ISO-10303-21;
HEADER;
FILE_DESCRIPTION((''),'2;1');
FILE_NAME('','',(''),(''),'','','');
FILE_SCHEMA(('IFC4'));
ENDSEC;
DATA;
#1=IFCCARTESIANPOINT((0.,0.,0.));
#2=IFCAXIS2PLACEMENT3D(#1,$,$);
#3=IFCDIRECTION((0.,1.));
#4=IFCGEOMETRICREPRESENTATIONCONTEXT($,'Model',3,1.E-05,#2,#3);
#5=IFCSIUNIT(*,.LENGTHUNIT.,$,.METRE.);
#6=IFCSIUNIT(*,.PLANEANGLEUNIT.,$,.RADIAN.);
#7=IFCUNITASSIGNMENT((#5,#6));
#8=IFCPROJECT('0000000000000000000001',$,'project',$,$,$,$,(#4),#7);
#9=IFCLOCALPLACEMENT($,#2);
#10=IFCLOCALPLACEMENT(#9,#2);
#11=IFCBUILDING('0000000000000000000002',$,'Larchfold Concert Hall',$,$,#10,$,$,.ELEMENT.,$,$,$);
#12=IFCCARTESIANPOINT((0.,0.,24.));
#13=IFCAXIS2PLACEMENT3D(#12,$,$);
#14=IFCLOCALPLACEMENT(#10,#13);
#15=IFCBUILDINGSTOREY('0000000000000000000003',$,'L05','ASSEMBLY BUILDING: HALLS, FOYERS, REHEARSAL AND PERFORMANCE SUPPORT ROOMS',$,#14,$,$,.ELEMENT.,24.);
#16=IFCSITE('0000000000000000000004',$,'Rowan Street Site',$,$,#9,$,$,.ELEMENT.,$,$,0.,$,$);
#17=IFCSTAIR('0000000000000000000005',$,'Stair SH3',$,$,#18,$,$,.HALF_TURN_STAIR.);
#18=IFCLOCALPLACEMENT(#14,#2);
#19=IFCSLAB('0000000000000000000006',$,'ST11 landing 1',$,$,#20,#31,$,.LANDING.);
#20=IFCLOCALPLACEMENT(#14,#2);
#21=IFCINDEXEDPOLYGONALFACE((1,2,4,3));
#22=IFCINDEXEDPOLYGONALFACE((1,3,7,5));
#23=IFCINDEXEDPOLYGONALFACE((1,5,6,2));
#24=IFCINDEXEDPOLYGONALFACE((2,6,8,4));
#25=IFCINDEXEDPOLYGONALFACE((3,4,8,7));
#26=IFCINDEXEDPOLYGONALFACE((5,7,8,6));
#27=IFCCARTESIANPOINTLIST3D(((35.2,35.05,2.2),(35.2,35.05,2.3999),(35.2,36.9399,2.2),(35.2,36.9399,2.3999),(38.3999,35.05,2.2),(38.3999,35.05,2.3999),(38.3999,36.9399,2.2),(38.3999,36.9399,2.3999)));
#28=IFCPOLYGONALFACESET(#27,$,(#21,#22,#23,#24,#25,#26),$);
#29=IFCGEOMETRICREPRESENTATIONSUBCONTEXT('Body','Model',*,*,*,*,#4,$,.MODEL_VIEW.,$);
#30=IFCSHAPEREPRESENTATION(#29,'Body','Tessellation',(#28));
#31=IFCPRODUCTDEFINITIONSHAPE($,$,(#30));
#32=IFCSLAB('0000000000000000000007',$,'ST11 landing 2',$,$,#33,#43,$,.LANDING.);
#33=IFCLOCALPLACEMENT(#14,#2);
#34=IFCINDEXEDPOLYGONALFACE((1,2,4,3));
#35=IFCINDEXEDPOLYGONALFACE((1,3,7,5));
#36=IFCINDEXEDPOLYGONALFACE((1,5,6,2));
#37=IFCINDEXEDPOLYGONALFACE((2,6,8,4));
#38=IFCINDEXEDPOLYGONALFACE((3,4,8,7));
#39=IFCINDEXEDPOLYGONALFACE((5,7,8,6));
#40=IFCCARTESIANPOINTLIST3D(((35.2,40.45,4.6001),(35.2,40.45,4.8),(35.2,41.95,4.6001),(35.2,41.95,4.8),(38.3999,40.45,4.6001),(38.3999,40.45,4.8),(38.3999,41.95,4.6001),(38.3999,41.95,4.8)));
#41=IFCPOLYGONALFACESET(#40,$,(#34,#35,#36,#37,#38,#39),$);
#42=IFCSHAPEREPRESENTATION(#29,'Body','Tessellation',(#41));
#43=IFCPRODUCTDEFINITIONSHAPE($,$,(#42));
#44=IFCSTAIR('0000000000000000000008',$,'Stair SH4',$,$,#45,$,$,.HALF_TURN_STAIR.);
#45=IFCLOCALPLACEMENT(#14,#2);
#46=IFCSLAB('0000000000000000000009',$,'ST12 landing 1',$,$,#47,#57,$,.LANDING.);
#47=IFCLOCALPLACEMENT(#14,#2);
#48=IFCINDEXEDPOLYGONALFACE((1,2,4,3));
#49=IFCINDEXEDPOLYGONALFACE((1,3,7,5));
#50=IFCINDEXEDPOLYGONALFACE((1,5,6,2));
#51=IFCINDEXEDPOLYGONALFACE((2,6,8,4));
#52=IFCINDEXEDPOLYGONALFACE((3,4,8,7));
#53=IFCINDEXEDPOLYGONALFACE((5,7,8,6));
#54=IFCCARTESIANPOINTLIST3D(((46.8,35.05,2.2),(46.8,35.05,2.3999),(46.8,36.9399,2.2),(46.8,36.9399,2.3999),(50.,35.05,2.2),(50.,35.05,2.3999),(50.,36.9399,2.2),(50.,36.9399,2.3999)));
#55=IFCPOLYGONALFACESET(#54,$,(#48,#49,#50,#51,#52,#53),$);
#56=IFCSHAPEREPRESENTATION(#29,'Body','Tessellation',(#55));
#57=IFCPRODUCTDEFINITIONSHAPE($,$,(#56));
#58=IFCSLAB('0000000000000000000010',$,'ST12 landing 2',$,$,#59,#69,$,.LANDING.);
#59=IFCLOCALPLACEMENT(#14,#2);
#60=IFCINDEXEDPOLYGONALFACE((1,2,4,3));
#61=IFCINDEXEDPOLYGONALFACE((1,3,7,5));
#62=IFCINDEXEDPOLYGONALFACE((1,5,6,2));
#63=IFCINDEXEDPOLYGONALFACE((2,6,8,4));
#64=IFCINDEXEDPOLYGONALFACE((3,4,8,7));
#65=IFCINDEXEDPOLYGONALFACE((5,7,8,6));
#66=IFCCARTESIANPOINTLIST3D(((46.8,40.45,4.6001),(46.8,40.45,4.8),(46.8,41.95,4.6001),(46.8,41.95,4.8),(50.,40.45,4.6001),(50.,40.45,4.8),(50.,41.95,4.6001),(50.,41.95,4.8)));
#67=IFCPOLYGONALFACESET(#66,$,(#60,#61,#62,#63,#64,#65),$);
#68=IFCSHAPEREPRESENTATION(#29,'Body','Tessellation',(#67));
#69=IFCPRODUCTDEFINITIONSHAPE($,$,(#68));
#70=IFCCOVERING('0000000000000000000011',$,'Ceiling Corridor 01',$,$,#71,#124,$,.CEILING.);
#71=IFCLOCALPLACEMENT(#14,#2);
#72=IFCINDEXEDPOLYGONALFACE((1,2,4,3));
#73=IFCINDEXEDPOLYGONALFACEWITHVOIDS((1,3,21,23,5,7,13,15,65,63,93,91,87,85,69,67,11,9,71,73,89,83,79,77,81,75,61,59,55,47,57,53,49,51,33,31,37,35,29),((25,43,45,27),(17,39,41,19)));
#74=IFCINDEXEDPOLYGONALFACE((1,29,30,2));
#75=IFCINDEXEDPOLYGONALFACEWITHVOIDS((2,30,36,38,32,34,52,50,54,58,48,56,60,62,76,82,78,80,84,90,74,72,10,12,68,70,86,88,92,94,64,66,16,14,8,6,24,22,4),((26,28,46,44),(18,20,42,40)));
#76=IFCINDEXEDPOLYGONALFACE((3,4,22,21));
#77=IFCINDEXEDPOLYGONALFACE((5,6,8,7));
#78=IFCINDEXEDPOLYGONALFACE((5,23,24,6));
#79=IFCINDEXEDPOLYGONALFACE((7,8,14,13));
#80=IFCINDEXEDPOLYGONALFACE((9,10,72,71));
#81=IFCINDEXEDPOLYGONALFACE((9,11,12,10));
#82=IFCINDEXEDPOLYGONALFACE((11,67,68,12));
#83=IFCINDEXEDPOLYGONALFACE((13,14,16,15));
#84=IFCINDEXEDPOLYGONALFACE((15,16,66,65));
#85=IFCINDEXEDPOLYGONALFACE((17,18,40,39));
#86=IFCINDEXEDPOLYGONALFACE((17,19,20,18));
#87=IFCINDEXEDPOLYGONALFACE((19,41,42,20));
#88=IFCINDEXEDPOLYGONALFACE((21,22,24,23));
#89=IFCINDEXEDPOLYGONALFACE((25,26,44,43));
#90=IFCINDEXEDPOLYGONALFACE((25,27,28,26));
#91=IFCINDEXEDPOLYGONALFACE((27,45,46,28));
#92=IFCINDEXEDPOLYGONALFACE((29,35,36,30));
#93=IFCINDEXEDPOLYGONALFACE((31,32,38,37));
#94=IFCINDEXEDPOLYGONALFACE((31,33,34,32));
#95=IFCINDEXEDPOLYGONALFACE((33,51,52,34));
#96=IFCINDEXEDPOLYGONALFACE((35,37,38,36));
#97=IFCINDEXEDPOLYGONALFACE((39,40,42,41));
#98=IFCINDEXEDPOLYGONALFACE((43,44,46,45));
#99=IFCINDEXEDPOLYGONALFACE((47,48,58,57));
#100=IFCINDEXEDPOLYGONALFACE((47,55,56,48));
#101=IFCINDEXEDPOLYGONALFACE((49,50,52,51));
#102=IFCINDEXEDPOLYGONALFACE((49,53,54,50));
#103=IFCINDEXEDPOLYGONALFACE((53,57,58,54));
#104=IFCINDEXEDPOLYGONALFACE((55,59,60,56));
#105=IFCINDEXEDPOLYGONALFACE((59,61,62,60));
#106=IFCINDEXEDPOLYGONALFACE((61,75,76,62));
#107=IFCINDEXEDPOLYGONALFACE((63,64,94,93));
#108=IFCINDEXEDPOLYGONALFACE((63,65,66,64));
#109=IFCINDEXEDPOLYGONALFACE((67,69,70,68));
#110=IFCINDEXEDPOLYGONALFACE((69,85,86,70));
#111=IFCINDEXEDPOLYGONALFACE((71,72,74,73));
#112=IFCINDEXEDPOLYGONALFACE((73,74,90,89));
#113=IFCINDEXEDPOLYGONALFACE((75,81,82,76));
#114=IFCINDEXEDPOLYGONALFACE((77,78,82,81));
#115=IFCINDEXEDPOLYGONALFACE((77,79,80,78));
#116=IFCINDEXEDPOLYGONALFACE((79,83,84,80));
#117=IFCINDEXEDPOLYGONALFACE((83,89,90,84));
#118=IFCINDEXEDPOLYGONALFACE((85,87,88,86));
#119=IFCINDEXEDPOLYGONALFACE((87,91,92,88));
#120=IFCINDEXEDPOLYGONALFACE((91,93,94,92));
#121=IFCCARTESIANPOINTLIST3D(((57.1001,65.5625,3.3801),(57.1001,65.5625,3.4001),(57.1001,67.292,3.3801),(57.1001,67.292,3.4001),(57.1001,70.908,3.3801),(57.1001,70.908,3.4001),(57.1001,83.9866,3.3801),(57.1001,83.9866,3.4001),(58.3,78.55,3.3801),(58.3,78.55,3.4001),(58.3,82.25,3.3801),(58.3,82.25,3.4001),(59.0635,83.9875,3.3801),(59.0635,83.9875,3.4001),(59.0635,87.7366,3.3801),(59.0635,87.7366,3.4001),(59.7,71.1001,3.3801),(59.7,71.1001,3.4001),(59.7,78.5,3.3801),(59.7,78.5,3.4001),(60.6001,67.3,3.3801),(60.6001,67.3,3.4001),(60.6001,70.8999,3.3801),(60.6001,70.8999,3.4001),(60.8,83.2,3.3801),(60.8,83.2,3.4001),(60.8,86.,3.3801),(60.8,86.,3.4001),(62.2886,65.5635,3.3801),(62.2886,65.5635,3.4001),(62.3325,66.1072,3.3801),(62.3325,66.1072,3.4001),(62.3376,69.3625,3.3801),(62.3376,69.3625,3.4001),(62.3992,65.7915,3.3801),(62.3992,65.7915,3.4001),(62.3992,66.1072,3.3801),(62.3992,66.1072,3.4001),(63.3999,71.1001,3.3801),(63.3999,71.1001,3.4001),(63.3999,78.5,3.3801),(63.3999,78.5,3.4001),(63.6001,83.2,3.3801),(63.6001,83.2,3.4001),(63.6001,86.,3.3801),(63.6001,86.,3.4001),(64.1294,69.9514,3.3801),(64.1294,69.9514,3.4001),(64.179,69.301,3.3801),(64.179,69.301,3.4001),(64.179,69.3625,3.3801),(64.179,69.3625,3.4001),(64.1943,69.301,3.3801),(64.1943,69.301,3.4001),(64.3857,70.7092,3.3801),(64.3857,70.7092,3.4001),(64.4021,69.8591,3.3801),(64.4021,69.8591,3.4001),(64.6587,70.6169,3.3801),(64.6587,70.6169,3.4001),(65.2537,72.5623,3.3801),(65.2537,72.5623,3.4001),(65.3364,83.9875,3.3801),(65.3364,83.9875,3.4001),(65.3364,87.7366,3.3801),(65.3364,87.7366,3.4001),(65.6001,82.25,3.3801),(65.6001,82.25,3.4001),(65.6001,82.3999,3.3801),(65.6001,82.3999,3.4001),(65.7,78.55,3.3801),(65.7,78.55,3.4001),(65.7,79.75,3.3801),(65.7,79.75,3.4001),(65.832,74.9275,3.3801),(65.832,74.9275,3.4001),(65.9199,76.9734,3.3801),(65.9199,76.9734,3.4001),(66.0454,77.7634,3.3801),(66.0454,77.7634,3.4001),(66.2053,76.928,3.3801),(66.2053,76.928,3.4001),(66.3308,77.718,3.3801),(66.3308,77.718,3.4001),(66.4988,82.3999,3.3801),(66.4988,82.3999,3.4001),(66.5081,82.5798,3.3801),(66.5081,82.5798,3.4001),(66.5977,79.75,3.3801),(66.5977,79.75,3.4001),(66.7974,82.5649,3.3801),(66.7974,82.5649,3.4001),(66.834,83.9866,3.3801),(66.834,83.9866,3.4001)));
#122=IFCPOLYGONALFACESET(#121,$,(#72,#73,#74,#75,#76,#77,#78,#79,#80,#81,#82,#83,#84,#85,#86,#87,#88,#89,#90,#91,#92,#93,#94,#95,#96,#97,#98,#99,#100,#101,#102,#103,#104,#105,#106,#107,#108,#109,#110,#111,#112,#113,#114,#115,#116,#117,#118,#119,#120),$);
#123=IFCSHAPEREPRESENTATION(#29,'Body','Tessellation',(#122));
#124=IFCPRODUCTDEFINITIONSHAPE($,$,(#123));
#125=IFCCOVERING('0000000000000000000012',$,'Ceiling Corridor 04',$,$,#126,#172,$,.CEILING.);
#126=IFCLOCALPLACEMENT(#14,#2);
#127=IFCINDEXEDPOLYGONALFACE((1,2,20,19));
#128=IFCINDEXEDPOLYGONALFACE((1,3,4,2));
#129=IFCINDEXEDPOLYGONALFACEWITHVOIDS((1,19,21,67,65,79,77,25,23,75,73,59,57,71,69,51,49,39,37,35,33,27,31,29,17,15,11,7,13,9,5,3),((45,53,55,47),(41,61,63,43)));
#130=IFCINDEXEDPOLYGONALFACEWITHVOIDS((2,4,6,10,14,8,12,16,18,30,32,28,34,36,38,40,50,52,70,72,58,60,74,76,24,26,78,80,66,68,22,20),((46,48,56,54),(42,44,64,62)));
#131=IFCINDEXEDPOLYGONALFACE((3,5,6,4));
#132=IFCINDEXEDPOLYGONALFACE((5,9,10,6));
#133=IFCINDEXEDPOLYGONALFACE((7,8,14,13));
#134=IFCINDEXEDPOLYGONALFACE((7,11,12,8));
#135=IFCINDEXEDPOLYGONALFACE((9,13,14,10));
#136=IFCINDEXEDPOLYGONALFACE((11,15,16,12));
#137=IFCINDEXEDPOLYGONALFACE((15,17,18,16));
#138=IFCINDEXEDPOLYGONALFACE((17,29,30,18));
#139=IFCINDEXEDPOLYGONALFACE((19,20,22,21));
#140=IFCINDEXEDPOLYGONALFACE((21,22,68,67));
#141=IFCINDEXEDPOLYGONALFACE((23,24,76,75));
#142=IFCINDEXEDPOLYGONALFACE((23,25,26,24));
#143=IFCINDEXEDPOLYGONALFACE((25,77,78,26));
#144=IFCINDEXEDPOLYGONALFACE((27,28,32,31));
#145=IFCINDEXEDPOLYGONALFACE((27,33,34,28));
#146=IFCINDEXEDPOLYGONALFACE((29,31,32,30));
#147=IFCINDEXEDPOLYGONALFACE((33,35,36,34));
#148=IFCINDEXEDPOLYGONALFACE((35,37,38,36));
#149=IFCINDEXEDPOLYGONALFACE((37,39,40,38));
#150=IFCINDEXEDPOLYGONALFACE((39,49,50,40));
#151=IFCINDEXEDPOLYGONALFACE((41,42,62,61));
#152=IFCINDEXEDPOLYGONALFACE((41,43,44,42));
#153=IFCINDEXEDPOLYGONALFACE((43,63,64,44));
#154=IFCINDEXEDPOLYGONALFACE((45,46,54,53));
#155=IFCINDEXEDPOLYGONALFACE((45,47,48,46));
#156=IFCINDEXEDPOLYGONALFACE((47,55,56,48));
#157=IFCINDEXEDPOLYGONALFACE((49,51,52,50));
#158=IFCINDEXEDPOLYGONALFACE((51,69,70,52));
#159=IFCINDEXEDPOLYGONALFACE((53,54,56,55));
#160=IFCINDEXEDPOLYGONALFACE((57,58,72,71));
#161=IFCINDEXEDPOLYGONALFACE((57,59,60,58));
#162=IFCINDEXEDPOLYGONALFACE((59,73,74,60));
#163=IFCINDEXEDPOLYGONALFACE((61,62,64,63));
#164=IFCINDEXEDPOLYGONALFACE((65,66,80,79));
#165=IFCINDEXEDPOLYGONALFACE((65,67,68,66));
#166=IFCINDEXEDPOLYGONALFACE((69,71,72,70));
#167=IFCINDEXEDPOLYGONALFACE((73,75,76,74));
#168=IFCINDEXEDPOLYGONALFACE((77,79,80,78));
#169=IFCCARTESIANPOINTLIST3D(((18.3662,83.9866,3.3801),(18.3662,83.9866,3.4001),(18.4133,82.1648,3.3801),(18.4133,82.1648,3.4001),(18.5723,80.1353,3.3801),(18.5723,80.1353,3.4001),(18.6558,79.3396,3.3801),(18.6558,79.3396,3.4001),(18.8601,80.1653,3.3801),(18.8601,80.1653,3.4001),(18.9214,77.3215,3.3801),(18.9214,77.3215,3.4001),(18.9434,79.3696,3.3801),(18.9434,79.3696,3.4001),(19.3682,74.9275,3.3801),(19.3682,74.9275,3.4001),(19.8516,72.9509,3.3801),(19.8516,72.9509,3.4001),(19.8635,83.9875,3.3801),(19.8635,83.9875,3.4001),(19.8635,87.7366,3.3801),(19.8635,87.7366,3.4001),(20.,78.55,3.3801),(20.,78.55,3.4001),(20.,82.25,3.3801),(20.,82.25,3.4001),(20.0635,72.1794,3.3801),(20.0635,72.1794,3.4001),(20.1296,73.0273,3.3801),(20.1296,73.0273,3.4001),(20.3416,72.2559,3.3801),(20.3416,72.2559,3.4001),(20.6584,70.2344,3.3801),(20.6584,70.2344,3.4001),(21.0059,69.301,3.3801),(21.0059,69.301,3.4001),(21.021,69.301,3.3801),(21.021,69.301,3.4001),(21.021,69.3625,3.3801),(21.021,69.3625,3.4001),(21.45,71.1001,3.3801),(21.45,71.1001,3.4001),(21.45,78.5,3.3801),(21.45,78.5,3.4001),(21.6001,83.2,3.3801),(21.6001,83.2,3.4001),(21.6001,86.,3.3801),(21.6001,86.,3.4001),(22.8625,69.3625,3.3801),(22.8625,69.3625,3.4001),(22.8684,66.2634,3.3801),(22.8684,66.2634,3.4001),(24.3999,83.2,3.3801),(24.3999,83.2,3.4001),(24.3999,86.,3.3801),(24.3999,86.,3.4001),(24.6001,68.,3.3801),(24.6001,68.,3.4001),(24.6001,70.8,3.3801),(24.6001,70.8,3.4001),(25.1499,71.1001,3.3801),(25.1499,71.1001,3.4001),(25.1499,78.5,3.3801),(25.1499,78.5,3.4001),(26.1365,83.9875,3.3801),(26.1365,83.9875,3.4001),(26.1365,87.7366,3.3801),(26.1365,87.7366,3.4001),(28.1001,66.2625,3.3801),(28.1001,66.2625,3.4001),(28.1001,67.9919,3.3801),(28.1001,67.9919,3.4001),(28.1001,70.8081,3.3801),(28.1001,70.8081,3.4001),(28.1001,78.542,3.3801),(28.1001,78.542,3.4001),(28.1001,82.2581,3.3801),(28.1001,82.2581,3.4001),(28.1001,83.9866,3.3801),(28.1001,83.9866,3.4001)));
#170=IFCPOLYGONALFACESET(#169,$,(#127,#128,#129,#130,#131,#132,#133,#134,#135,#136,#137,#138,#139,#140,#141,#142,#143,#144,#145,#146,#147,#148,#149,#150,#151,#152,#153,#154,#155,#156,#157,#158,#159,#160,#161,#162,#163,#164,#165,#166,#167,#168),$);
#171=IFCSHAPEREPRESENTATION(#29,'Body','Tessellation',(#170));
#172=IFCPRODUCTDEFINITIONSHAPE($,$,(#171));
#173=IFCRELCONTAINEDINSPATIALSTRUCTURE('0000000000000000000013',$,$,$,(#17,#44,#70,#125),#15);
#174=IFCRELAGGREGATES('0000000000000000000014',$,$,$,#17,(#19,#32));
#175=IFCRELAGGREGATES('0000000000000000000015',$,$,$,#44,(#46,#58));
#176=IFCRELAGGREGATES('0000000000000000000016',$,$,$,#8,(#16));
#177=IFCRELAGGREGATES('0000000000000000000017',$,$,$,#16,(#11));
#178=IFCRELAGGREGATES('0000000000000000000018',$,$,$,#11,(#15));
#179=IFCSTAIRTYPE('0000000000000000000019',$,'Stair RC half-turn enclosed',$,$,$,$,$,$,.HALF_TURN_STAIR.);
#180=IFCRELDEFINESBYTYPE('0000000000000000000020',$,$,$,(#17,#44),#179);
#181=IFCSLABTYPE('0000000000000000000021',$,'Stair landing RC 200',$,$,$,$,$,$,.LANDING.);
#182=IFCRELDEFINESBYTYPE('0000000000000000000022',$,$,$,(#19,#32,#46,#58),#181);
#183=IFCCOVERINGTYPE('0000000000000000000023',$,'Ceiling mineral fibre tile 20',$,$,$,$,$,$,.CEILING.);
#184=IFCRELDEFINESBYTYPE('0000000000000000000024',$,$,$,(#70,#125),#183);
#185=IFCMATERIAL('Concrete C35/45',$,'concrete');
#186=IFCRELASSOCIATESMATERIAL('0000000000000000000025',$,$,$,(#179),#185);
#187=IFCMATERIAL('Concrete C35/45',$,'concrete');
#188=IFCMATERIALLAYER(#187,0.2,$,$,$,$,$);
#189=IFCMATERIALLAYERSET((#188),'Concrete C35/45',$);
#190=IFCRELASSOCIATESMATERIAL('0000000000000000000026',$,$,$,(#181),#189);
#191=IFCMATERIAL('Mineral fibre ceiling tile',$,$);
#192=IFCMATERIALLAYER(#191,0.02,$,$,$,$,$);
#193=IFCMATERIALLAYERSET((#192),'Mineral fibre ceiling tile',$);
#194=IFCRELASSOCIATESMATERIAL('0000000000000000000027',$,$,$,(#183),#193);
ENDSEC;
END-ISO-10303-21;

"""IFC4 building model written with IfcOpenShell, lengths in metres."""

from ifc_helpers import new_model, si_unit, direction, frame, origin, place, context, subcontext, project, spatial, polyline, outline, extrude, material, layer, layer_set, type_object, element, aggregate, save


model = new_model("IFC4")

# Units and contexts
model_context = context("Model", 3, precision=1e-05, world=origin(), true_north=direction((0.0, 1.0)))
body_context = subcontext(model_context, "Body", "Model", "MODEL_VIEW")
ifc_project = project(units=[si_unit("LENGTHUNIT", "METRE"), si_unit("PLANEANGLEUNIT", "RADIAN")], contexts=[model_context])

# Site, building, storey
site_placement = place(None, origin())
site = spatial("IfcSite", under=ifc_project, at=site_placement, Name="Rowan Street Site", CompositionType="ELEMENT", RefElevation=0.0)
building_placement = place(site_placement, origin())
building = spatial("IfcBuilding", under=site, at=building_placement, Name="Larchfold Concert Hall", CompositionType="ELEMENT")
storey_placement = place(building_placement, frame((0.0, 0.0, 24.0)))
storey = spatial("IfcBuildingStorey", under=building, at=storey_placement, Name="L05", Description="ASSEMBLY BUILDING: HALLS, FOYERS, REHEARSAL AND PERFORMANCE SUPPORT ROOMS", CompositionType="ELEMENT", Elevation=24.0)

# Stairs, slabs
ifc_material_1 = material(Name="Concrete C35/45", Category="concrete")
stair_type = type_object("IfcStairType", Name="Stair RC half-turn enclosed", PredefinedType="HALF_TURN_STAIR", material=ifc_material_1)
stair_1_placement = place(storey_placement, origin())
stair_1 = element("IfcStair", 1, at=stair_1_placement, inside=storey, type_object=stair_type, Name="Stair SH3", PredefinedType="HALF_TURN_STAIR")
ifc_material_2 = material(Name="Concrete C35/45", Category="concrete")
ifc_layer_1 = layer(ifc_material_2, 0.2)
ifc_layer_set_1 = layer_set([ifc_layer_1], Name="Concrete C35/45")
slab_type_1 = type_object("IfcSlabType", Name="Stair landing RC 200", PredefinedType="LANDING", material=ifc_layer_set_1)
slab_1_placement = place(storey_placement, frame((0.0, 0.0, 2.2)))
slab_1 = element("IfcSlab", 2, at=slab_1_placement, type_object=slab_type_1, Name="ST11 landing 1", PredefinedType="LANDING", context=body_context, shape_type="SweptSolid", body=[
    extrude(outline(polyline([(35.2, 36.9399), (35.2, 35.05), (38.3999, 35.05), (38.3999, 36.9399), (35.2, 36.9399)])), origin(), (0.0, 0.0, 1.0), 0.2),
])
slab_2_placement = place(storey_placement, frame((0.0, 0.0, 4.6001)))
slab_2 = element("IfcSlab", 3, at=slab_2_placement, type_object=slab_type_1, Name="ST11 landing 2", PredefinedType="LANDING", context=body_context, shape_type="SweptSolid", body=[
    extrude(outline(polyline([(35.2, 41.95), (35.2, 40.45), (38.3999, 40.45), (38.3999, 41.95), (35.2, 41.95)])), origin(), (0.0, 0.0, 1.0), 0.2),
])
aggregate(stair_1, [slab_1, slab_2])
stair_2_placement = place(storey_placement, origin())
stair_2 = element("IfcStair", 4, at=stair_2_placement, inside=storey, type_object=stair_type, Name="Stair SH4", PredefinedType="HALF_TURN_STAIR")
slab_3_placement = place(storey_placement, frame((0.0, 0.0, 2.2)))
slab_3 = element("IfcSlab", 5, at=slab_3_placement, type_object=slab_type_1, Name="ST12 landing 1", PredefinedType="LANDING", context=body_context, shape_type="SweptSolid", body=[
    extrude(outline(polyline([(46.8, 36.9399), (46.8, 35.05), (50.0, 35.05), (50.0, 36.9399), (46.8, 36.9399)])), origin(), (0.0, 0.0, 1.0), 0.2),
])
slab_4_placement = place(storey_placement, frame((0.0, 0.0, 4.6001)))
slab_4 = element("IfcSlab", 6, at=slab_4_placement, type_object=slab_type_1, Name="ST12 landing 2", PredefinedType="LANDING", context=body_context, shape_type="SweptSolid", body=[
    extrude(outline(polyline([(46.8, 41.95), (46.8, 40.45), (50.0, 40.45), (50.0, 41.95), (46.8, 41.95)])), origin(), (0.0, 0.0, 1.0), 0.2),
])
aggregate(stair_2, [slab_3, slab_4])

# Coverings
ifc_material_3 = material(Name="Mineral fibre ceiling tile")
ifc_layer_2 = layer(ifc_material_3, 0.02)
ifc_layer_set_2 = layer_set([ifc_layer_2], Name="Mineral fibre ceiling tile")
covering_type_1 = type_object("IfcCoveringType", Name="Ceiling mineral fibre tile 20", PredefinedType="CEILING", material=ifc_layer_set_2)
covering_1_placement = place(storey_placement, frame((0.0, 0.0, 3.3801)))
element("IfcCovering", 7, at=covering_1_placement, inside=storey, type_object=covering_type_1, Name="Ceiling Corridor 01", PredefinedType="CEILING", context=body_context, shape_type="SweptSolid", body=[
    extrude(outline(polyline([(57.1001, 83.9866), (57.1001, 70.908), (60.6001, 70.8999), (60.6001, 67.3), (57.1001, 67.292), (57.1001, 65.5625), (62.2886, 65.5635), (62.3992, 65.7915), (62.3992, 66.1072), (62.3325, 66.1072), (62.3376, 69.3625), (64.179, 69.3625), (64.179, 69.301), (64.1943, 69.301), (64.4021, 69.8591), (64.1294, 69.9514), (64.3857, 70.7092), (64.6587, 70.6169), (65.2537, 72.5623), (65.832, 74.9275), (66.2053, 76.928), (65.9199, 76.9734), (66.0454, 77.7634), (66.3308, 77.718), (66.5977, 79.75), (65.7, 79.75), (65.7, 78.55), (58.3, 78.55), (58.3, 82.25), (65.6001, 82.25), (65.6001, 82.3999), (66.4988, 82.3999), (66.5081, 82.5798), (66.7974, 82.5649), (66.834, 83.9866), (65.3364, 83.9875), (65.3364, 87.7366), (59.0635, 87.7366), (59.0635, 83.9875), (57.1001, 83.9866)]), holes=[polyline([(63.6001, 83.2), (60.8, 83.2), (60.8, 86.0), (63.6001, 86.0), (63.6001, 83.2)]), polyline([(59.7, 71.1001), (59.7, 78.5), (63.3999, 78.5), (63.3999, 71.1001), (59.7, 71.1001)])]), origin(), (0.0, 0.0, 1.0), 0.02),
])
covering_2_placement = place(storey_placement, frame((0.0, 0.0, 3.3801)))
element("IfcCovering", 8, at=covering_2_placement, inside=storey, type_object=covering_type_1, Name="Ceiling Corridor 04", PredefinedType="CEILING", context=body_context, shape_type="SweptSolid", body=[
    extrude(outline(polyline([(19.8635, 83.9875), (18.3662, 83.9866), (18.4133, 82.1648), (18.5723, 80.1353), (18.8601, 80.1653), (18.9434, 79.3696), (18.6558, 79.3396), (18.9214, 77.3215), (19.3682, 74.9275), (19.8516, 72.9509), (20.1296, 73.0273), (20.3416, 72.2559), (20.0635, 72.1794), (20.6584, 70.2344), (21.0059, 69.301), (21.021, 69.301), (21.021, 69.3625), (22.8625, 69.3625), (22.8684, 66.2571), (22.8684, 66.2634), (28.1001, 66.2625), (28.1001, 67.9919), (24.6001, 68.0), (24.6001, 70.8), (28.1001, 70.8081), (28.1001, 78.542), (20.0, 78.55), (20.0, 82.25), (28.1001, 82.2581), (28.1001, 83.9866), (26.1365, 83.9875), (26.1365, 87.7366), (19.8635, 87.7366), (19.8635, 83.9875)]), holes=[polyline([(21.45, 71.1001), (21.45, 78.5), (25.1499, 78.5), (25.1499, 71.1001), (21.45, 71.1001)]), polyline([(24.3999, 83.2), (21.6001, 83.2), (21.6001, 86.0), (24.3999, 86.0), (24.3999, 83.2)])]), origin(), (0.0, 0.0, 1.0), 0.02),
])

save(model, "model.ifc")
